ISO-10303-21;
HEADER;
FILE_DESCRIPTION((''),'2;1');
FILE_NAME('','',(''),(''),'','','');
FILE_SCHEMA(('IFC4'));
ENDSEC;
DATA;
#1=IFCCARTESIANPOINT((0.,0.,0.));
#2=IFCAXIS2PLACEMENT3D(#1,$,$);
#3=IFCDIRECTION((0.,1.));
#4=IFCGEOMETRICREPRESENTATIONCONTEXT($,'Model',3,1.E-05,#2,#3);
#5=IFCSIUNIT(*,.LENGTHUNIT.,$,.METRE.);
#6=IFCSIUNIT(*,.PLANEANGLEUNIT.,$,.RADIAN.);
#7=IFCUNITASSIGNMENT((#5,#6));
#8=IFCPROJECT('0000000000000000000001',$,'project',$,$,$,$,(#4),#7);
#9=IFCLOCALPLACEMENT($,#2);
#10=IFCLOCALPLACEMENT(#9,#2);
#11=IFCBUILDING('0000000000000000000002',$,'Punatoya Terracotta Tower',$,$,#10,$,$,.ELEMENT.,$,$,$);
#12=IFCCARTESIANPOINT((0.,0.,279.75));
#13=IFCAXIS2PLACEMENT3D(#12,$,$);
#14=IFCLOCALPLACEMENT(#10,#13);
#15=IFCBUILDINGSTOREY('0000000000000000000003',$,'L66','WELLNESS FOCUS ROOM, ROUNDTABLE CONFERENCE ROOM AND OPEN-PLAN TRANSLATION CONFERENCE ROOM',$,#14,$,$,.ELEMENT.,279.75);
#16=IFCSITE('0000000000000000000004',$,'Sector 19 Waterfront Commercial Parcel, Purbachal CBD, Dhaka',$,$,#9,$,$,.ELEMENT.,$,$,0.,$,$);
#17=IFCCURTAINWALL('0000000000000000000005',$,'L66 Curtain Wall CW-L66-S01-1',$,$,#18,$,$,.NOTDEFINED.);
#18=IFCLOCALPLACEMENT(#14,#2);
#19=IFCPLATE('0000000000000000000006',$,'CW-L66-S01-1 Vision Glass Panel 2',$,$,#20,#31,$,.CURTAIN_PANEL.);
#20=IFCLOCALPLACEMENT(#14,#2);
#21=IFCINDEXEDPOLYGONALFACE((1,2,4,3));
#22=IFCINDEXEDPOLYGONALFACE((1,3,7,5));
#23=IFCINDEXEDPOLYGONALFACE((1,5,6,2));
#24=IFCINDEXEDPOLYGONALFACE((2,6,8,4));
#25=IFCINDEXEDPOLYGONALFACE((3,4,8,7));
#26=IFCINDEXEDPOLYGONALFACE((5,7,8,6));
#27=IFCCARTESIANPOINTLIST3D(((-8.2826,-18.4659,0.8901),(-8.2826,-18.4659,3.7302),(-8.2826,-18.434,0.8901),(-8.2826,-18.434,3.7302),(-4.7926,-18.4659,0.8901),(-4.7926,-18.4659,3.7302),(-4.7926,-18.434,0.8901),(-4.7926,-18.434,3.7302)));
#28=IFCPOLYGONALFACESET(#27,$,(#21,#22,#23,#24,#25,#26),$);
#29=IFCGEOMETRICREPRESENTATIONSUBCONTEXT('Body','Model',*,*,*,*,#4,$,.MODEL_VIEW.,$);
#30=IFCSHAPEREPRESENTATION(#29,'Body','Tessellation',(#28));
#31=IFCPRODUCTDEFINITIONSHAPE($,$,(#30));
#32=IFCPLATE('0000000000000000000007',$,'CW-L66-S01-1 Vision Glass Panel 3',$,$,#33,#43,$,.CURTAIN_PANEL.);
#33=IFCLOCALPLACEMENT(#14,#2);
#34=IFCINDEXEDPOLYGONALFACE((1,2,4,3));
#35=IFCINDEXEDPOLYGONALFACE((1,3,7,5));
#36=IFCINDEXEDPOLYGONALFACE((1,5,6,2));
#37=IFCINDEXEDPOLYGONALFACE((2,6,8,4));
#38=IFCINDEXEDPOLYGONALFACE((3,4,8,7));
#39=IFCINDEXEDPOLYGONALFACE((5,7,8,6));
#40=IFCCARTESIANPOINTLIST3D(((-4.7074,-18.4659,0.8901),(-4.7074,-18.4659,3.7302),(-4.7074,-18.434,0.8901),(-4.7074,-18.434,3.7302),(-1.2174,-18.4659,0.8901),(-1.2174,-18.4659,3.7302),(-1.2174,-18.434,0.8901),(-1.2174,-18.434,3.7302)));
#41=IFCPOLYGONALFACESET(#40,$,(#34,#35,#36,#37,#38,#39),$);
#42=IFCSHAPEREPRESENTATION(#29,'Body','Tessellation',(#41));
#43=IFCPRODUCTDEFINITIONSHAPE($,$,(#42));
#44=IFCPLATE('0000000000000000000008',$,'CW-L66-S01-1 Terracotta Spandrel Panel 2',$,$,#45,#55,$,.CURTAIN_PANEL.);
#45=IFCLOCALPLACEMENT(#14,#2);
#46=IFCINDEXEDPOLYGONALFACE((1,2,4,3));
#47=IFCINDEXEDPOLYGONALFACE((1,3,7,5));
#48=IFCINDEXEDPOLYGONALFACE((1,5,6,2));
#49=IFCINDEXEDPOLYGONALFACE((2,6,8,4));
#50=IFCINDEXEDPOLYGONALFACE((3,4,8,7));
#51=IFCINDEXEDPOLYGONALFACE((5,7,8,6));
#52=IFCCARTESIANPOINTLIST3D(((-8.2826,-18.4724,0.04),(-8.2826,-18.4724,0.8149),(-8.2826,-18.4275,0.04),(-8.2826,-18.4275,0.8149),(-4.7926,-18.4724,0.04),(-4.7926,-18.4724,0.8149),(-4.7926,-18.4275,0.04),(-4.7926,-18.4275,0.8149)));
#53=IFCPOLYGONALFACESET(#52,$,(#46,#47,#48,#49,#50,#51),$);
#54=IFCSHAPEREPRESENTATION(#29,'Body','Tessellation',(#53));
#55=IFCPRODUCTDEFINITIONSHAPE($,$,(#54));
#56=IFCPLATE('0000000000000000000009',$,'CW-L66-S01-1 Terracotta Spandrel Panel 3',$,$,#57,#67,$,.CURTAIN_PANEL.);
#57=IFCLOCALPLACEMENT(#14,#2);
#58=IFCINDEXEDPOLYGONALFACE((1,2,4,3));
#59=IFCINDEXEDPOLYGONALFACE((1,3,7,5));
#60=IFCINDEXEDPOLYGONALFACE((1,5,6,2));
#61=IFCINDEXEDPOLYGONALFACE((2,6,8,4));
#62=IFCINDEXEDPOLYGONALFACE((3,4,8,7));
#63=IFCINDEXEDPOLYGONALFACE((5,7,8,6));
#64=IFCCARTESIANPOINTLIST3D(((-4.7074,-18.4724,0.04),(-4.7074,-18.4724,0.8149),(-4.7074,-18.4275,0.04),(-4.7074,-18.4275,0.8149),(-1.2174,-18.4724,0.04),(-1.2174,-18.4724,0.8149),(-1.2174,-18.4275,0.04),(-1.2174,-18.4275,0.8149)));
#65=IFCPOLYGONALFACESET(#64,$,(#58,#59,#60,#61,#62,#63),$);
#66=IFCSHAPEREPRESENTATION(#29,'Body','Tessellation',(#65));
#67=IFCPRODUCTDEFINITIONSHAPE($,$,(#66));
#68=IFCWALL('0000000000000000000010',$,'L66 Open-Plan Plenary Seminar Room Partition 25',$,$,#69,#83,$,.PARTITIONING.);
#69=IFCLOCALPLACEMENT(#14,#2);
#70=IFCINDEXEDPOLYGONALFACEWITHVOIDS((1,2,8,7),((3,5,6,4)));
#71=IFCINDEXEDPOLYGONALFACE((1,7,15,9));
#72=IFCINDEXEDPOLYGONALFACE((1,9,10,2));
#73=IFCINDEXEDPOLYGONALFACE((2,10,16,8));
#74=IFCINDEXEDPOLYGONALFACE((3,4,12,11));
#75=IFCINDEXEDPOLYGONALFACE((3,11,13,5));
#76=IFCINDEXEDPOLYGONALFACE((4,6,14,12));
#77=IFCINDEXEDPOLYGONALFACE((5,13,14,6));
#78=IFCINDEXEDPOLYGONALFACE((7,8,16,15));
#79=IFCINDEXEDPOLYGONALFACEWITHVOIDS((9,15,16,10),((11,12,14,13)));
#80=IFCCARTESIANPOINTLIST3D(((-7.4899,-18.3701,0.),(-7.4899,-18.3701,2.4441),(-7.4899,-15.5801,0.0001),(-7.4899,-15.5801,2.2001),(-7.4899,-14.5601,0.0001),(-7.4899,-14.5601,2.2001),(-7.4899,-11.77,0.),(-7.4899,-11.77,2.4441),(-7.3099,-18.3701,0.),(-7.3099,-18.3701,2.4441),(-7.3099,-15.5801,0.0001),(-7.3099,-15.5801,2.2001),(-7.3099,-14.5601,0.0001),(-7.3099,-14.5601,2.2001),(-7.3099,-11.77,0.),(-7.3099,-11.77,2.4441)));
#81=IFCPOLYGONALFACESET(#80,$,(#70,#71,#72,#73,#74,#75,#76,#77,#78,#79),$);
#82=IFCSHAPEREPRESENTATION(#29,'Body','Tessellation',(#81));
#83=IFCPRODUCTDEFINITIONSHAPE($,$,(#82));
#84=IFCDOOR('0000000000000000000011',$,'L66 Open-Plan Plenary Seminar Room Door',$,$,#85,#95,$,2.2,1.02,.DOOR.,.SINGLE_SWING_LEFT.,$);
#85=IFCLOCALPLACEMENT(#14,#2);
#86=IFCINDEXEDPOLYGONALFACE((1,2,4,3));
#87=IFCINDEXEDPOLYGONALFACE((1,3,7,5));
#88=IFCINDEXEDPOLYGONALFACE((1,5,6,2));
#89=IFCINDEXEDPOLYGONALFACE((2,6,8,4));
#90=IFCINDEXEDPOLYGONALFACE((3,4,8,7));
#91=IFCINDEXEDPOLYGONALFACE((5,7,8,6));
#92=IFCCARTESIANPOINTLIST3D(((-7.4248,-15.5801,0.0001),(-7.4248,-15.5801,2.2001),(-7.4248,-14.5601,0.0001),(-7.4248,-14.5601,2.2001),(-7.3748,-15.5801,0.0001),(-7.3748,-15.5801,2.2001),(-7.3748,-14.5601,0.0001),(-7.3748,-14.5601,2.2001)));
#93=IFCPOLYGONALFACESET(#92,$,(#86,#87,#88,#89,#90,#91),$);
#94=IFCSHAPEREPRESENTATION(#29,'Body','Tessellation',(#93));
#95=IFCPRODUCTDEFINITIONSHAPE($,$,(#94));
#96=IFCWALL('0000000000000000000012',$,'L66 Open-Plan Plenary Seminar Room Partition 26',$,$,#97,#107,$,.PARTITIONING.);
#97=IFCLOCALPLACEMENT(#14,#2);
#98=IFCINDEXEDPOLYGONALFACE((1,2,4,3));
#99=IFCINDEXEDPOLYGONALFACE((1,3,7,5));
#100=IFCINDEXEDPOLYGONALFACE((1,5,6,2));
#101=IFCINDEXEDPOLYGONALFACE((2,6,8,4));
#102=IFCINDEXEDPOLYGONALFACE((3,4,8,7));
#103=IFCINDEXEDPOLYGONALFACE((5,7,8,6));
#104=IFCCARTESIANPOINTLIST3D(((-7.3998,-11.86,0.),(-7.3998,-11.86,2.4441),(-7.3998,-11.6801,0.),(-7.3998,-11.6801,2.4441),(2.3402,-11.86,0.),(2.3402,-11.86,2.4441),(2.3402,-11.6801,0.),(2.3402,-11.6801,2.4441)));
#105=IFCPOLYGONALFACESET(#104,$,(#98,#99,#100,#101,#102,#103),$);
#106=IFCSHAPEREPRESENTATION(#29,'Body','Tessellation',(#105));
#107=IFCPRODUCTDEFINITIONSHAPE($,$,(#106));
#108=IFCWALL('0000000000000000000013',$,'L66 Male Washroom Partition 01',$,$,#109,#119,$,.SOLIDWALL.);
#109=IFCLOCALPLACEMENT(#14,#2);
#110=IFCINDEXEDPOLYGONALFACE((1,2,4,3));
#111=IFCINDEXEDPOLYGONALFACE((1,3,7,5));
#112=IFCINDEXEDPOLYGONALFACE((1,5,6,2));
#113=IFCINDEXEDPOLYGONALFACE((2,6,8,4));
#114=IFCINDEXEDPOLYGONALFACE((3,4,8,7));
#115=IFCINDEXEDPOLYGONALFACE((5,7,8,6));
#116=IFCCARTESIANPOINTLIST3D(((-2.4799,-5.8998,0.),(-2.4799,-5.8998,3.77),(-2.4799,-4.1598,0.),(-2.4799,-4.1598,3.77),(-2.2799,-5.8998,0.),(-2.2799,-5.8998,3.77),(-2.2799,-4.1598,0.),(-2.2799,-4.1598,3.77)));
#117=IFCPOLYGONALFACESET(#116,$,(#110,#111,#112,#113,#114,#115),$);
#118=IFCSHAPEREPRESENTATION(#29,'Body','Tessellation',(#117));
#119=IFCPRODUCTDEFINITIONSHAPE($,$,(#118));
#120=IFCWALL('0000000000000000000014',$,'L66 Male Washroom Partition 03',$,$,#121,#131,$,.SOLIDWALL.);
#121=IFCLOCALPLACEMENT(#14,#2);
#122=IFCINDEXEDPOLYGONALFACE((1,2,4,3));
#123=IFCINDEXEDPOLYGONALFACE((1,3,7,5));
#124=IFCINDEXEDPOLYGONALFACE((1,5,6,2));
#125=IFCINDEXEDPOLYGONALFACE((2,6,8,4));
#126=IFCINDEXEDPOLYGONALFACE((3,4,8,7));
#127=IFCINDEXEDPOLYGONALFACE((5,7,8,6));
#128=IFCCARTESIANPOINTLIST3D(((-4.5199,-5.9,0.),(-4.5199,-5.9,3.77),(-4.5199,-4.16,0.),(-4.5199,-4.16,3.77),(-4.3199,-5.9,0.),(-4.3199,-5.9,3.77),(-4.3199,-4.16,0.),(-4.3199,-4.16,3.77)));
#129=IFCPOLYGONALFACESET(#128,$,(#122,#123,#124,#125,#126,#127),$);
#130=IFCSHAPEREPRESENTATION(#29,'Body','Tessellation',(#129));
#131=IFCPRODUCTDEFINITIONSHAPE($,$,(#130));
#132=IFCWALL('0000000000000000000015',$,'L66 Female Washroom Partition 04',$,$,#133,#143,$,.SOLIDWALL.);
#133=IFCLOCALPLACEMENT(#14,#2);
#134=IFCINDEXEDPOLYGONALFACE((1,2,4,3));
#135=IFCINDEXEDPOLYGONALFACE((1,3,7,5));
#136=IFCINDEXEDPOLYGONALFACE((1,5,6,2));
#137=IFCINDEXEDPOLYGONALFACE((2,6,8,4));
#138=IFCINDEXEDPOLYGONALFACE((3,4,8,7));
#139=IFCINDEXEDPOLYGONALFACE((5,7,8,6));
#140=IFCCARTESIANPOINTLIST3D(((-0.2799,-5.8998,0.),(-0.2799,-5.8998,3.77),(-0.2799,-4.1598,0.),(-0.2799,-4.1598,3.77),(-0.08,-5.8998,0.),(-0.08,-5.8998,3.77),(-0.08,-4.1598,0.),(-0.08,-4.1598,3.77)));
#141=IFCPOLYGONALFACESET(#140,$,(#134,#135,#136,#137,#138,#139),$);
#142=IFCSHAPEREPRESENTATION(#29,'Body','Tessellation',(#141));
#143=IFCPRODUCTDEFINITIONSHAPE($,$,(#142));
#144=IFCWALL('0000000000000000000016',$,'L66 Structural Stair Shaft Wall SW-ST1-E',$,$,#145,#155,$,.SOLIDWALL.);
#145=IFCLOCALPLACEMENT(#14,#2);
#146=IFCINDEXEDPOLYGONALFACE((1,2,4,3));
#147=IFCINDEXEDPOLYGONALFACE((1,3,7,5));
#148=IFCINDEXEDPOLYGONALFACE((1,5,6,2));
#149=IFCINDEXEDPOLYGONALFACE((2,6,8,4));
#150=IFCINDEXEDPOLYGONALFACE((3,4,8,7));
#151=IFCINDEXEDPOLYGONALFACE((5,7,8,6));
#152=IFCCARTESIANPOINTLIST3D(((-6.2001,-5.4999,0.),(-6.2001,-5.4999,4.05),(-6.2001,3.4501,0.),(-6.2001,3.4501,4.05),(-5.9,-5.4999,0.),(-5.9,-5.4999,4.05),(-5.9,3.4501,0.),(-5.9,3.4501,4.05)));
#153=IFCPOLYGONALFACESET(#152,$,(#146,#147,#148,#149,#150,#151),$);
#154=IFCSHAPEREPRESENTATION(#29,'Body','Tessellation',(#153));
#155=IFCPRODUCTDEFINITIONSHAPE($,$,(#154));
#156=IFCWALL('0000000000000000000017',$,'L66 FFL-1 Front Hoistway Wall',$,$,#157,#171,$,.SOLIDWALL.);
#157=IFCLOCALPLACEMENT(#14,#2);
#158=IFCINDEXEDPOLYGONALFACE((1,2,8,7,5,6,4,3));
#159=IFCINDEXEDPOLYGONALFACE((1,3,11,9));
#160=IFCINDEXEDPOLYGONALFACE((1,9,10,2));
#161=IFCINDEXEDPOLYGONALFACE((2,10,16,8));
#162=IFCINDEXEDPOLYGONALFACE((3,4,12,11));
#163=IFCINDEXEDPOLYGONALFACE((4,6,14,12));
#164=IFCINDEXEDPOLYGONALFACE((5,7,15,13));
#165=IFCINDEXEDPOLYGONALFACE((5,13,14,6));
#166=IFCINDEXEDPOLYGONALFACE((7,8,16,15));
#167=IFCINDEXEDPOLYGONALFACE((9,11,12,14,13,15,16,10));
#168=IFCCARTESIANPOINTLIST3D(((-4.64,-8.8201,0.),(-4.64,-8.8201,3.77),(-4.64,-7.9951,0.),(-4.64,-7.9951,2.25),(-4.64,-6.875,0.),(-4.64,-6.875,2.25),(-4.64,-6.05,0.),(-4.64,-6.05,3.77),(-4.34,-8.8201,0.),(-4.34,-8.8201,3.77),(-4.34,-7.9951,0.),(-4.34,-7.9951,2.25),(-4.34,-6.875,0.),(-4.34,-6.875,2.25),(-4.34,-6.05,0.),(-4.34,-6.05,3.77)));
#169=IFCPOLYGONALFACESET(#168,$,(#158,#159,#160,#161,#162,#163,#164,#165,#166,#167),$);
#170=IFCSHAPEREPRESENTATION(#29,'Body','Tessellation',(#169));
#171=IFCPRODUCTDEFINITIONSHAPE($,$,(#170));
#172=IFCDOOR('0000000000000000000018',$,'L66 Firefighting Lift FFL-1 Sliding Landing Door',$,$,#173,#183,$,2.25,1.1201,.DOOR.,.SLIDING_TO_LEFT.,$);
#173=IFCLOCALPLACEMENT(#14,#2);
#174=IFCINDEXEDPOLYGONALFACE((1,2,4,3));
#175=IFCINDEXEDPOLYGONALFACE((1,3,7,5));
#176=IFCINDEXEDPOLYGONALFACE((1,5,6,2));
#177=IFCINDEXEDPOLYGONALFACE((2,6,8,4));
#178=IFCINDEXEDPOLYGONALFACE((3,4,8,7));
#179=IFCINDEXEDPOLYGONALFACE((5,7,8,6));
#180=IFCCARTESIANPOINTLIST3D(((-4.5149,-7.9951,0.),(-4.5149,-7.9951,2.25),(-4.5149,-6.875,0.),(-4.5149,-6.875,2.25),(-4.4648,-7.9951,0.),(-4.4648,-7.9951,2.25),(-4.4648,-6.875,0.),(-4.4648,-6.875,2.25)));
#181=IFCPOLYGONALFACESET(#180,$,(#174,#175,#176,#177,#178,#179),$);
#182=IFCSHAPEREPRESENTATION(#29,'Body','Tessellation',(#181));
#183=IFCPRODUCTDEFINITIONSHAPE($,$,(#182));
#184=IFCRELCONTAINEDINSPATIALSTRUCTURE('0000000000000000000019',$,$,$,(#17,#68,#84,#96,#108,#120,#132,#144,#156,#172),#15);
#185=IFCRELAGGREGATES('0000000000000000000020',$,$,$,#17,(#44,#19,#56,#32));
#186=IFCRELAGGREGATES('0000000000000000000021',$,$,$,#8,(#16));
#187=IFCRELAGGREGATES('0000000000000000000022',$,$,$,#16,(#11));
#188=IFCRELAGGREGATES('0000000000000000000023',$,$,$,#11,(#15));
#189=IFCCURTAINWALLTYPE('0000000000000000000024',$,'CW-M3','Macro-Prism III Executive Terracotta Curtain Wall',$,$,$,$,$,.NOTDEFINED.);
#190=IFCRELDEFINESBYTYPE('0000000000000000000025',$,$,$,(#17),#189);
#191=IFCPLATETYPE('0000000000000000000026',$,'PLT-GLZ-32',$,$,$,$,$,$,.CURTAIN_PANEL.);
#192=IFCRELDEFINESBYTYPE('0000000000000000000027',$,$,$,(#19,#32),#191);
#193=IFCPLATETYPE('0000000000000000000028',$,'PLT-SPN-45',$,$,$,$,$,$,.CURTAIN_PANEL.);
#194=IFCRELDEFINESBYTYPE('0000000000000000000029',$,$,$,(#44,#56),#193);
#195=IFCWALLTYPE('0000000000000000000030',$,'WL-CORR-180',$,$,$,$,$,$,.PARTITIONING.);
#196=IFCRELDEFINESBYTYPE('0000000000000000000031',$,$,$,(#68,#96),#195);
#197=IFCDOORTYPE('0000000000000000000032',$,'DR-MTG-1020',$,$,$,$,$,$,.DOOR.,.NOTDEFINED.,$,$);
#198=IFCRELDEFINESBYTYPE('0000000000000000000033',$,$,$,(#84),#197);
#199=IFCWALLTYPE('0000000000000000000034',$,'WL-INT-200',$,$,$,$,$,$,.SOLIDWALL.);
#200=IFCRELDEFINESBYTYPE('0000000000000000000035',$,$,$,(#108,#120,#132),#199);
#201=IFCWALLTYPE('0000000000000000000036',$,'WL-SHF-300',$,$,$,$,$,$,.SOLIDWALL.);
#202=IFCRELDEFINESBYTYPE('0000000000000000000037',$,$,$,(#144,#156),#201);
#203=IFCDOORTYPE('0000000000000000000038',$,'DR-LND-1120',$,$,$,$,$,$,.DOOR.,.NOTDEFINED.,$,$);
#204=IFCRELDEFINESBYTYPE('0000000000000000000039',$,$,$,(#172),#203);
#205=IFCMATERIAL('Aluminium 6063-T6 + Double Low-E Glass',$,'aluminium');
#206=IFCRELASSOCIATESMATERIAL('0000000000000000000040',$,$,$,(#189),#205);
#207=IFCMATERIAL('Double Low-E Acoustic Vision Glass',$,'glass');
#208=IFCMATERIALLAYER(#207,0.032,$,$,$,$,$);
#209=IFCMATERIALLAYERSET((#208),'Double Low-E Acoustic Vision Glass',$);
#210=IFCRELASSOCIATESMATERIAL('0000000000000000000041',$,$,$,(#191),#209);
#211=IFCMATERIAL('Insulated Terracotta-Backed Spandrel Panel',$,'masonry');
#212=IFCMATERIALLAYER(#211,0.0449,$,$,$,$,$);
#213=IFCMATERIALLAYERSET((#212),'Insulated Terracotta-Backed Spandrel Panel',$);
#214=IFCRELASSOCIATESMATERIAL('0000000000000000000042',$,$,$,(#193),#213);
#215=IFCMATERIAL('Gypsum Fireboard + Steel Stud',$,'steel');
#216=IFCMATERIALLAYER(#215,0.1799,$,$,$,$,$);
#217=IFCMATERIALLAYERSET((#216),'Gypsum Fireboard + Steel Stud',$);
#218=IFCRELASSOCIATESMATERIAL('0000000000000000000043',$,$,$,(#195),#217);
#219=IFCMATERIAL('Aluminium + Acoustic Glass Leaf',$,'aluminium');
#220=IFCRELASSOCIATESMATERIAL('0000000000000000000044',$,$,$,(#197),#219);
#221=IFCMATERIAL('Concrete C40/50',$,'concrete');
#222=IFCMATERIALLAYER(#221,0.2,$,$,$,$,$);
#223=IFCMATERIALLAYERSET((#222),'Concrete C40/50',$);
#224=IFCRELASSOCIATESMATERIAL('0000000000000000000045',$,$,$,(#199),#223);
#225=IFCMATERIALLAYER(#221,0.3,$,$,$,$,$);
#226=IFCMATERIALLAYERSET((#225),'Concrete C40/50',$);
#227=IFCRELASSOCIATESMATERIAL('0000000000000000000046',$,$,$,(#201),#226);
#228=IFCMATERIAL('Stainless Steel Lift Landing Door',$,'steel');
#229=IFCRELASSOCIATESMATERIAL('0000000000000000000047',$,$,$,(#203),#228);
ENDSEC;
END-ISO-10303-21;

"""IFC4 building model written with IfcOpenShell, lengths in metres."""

from ifc_helpers import new_model, si_unit, direction, frame, frame_2d, origin, origin_2d, place, context, subcontext, project, spatial, rectangle, extrude, material, layer, layer_set, type_object, element, fill, aggregate, save


model = new_model("IFC4")

# Units and contexts
model_context = context("Model", 3, precision=1e-05, world=origin(), true_north=direction((0.0, 1.0)))
body_context = subcontext(model_context, "Body", "Model", "MODEL_VIEW")
ifc_project = project(units=[si_unit("LENGTHUNIT", "METRE"), si_unit("PLANEANGLEUNIT", "RADIAN")], contexts=[model_context])

# Site, building, storey
site_placement = place(None, origin())
site = spatial("IfcSite", under=ifc_project, at=site_placement, Name="Sector 19 Waterfront Commercial Parcel, Purbachal CBD, Dhaka", CompositionType="ELEMENT", RefElevation=0.0)
building_placement = place(site_placement, origin())
building = spatial("IfcBuilding", under=site, at=building_placement, Name="Punatoya Terracotta Tower", CompositionType="ELEMENT")
storey_placement = place(building_placement, frame((0.0, 0.0, 279.75)))
storey = spatial("IfcBuildingStorey", under=building, at=storey_placement, Name="L66", Description="WELLNESS FOCUS ROOM, ROUNDTABLE CONFERENCE ROOM AND OPEN-PLAN TRANSLATION CONFERENCE ROOM", CompositionType="ELEMENT", Elevation=279.75)

# Curtain wall, plates
ifc_material_1 = material(Name="Aluminium 6063-T6 + Double Low-E Glass", Category="aluminium")
curtain_wall_type = type_object("IfcCurtainWallType", Name="CW-M3", Description="Macro-Prism III Executive Terracotta Curtain Wall", PredefinedType="NOTDEFINED", material=ifc_material_1)
curtain_wall_placement = place(storey_placement, origin())
curtain_wall = element("IfcCurtainWall", 1, at=curtain_wall_placement, inside=storey, type_object=curtain_wall_type, Name="L66 Curtain Wall CW-L66-S01-1", PredefinedType="NOTDEFINED")
ifc_material_2 = material(Name="Double Low-E Acoustic Vision Glass", Category="glass")
ifc_layer_1 = layer(ifc_material_2, 0.032)
ifc_layer_set_1 = layer_set([ifc_layer_1], Name="Double Low-E Acoustic Vision Glass")
plate_type_1 = type_object("IfcPlateType", Name="PLT-GLZ-32", PredefinedType="CURTAIN_PANEL", material=ifc_layer_set_1)
plate_1_placement = place(storey_placement, frame((-6.5376, -18.45, 0.8901), z_axis=(0.0, 0.0, 1.0), x_axis=(1.0, 0.0, 0.0)))
plate_1 = element("IfcPlate", 2, at=plate_1_placement, type_object=plate_type_1, Name="CW-L66-S01-1 Vision Glass Panel 2", PredefinedType="CURTAIN_PANEL", context=body_context, shape_type="SweptSolid", body=[
    extrude(rectangle(XDim=3.49, YDim=0.032, at=origin_2d()), origin(), (0.0, 0.0, 1.0), 2.8401),
])
plate_2_placement = place(storey_placement, frame((-2.9624, -18.45, 0.8901), z_axis=(0.0, 0.0, 1.0), x_axis=(1.0, 0.0, 0.0)))
plate_2 = element("IfcPlate", 3, at=plate_2_placement, type_object=plate_type_1, Name="CW-L66-S01-1 Vision Glass Panel 3", PredefinedType="CURTAIN_PANEL", context=body_context, shape_type="SweptSolid", body=[
    extrude(rectangle(XDim=3.49, YDim=0.032, at=origin_2d()), origin(), (0.0, 0.0, 1.0), 2.8401),
])
ifc_material_3 = material(Name="Insulated Terracotta-Backed Spandrel Panel", Category="masonry")
ifc_layer_2 = layer(ifc_material_3, 0.0449)
ifc_layer_set_2 = layer_set([ifc_layer_2], Name="Insulated Terracotta-Backed Spandrel Panel")
plate_type_2 = type_object("IfcPlateType", Name="PLT-SPN-45", PredefinedType="CURTAIN_PANEL", material=ifc_layer_set_2)
plate_3_placement = place(storey_placement, frame((-6.5376, -18.45, 0.04), z_axis=(0.0, 0.0, 1.0), x_axis=(1.0, 0.0, 0.0)))
plate_3 = element("IfcPlate", 4, at=plate_3_placement, type_object=plate_type_2, Name="CW-L66-S01-1 Terracotta Spandrel Panel 2", PredefinedType="CURTAIN_PANEL", context=body_context, shape_type="SweptSolid", body=[
    extrude(rectangle(XDim=3.49, YDim=0.0449, at=origin_2d()), origin(), (0.0, 0.0, 1.0), 0.7749),
])
plate_4_placement = place(storey_placement, frame((-2.9624, -18.45, 0.04), z_axis=(0.0, 0.0, 1.0), x_axis=(1.0, 0.0, 0.0)))
plate_4 = element("IfcPlate", 5, at=plate_4_placement, type_object=plate_type_2, Name="CW-L66-S01-1 Terracotta Spandrel Panel 3", PredefinedType="CURTAIN_PANEL", context=body_context, shape_type="SweptSolid", body=[
    extrude(rectangle(XDim=3.49, YDim=0.0449, at=origin_2d()), origin(), (0.0, 0.0, 1.0), 0.7749),
])
aggregate(curtain_wall, [plate_3, plate_1, plate_4, plate_2])

# Wall, opening, door
ifc_material_4 = material(Name="Gypsum Fireboard + Steel Stud", Category="steel")
ifc_layer_3 = layer(ifc_material_4, 0.1799)
ifc_layer_set_3 = layer_set([ifc_layer_3], Name="Gypsum Fireboard + Steel Stud")
wall_type_1 = type_object("IfcWallType", Name="WL-CORR-180", PredefinedType="PARTITIONING", material=ifc_layer_set_3)
wall_1_placement = place(storey_placement, frame((-7.3999, -18.3701, 0.0), z_axis=(0.0, 0.0, 1.0), x_axis=(0.0, 1.0, 0.0)))
wall_1 = element("IfcWall", 6, at=wall_1_placement, inside=storey, type_object=wall_type_1, Name="L66 Open-Plan Plenary Seminar Room Partition 25", PredefinedType="PARTITIONING", context=body_context, shape_type="SweptSolid", body=[
    extrude(rectangle(XDim=6.6001, YDim=0.1799, at=frame_2d((3.3, 0.0))), origin(), (0.0, 0.0, 1.0), 2.4441),
])
opening_1_placement = place(wall_1_placement, frame((2.79, 0.0, 0.0)))
opening_1 = element("IfcOpeningElement", 7, at=opening_1_placement, cuts=wall_1, PredefinedType="OPENING", context=body_context, shape_type="SweptSolid", body=[
    extrude(rectangle(XDim=1.02, YDim=2.2, at=frame_2d((0.51, 1.1001))), frame((0.0, 0.0999, 0.0), z_axis=(0.0, -1.0, 0.0), x_axis=(1.0, 0.0, 0.0)), (0.0, 0.0, 1.0), 0.2),
])
ifc_material_5 = material(Name="Aluminium + Acoustic Glass Leaf", Category="aluminium")
door_type_1 = type_object("IfcDoorType", Name="DR-MTG-1020", OperationType="NOTDEFINED", PredefinedType="DOOR", material=ifc_material_5)
door_1_placement = place(opening_1_placement, origin())
door_1 = element("IfcDoor", 8, at=door_1_placement, inside=storey, type_object=door_type_1, Name="L66 Open-Plan Plenary Seminar Room Door", OperationType="SINGLE_SWING_LEFT", OverallHeight=2.2, OverallWidth=1.02, PredefinedType="DOOR", context=body_context, shape_type="SweptSolid", body=[
    extrude(rectangle(XDim=1.02, YDim=2.2, at=frame_2d((0.51, 1.1001))), frame((0.0, 0.0249, 0.0), z_axis=(0.0, -1.0, 0.0), x_axis=(1.0, 0.0, 0.0)), (0.0, 0.0, 1.0), 0.05),
])
fill(opening_1, door_1)

# Walls
wall_2_placement = place(storey_placement, frame((-7.3999, -11.77, 0.0), z_axis=(0.0, 0.0, 1.0), x_axis=(1.0, 0.0, 0.0)))
element("IfcWall", 9, at=wall_2_placement, inside=storey, type_object=wall_type_1, Name="L66 Open-Plan Plenary Seminar Room Partition 26", PredefinedType="PARTITIONING", context=body_context, shape_type="SweptSolid", body=[
    extrude(rectangle(XDim=9.74, YDim=0.1799, at=frame_2d((4.8701, 0.0))), origin(), (0.0, 0.0, 1.0), 2.4441),
])
ifc_material_6 = material(Name="Concrete C40/50", Category="concrete")
ifc_layer_4 = layer(ifc_material_6, 0.2)
ifc_layer_set_4 = layer_set([ifc_layer_4], Name="Concrete C40/50")
wall_type_2 = type_object("IfcWallType", Name="WL-INT-200", PredefinedType="SOLIDWALL", material=ifc_layer_set_4)
wall_3_placement = place(storey_placement, frame((-2.3799, -5.8999, 0.0), z_axis=(0.0, 0.0, 1.0), x_axis=(0.0, 1.0, 0.0)))
element("IfcWall", 10, at=wall_3_placement, inside=storey, type_object=wall_type_2, Name="L66 Male Washroom Partition 01", PredefinedType="SOLIDWALL", context=body_context, shape_type="SweptSolid", body=[
    extrude(rectangle(XDim=1.74, YDim=0.2, at=frame_2d((0.8701, 0.0))), origin(), (0.0, 0.0, 1.0), 3.77),
])

# Walls
for number, where, z_axis, x_axis, name in (
    (11, (-4.4199, -4.1599, 0.0), (0.0, 0.0, 1.0), (0.0, -1.0, 0.0), "L66 Male Washroom Partition 03"),
    (12, (-0.1799, -5.8999, 0.0), (0.0, 0.0, 1.0), (0.0, 1.0, 0.0), "L66 Female Washroom Partition 04"),
):
    element("IfcWall", number, at=place(storey_placement, frame(where, z_axis=z_axis, x_axis=x_axis)), inside=storey, type_object=wall_type_2, Name=name, PredefinedType="SOLIDWALL", context=body_context, shape_type="SweptSolid", body=[
        extrude(rectangle(XDim=1.74, YDim=0.2, at=frame_2d((0.8701, 0.0))), origin(), (0.0, 0.0, 1.0), 3.77),
    ])
ifc_layer_5 = layer(ifc_material_6, 0.3)
ifc_layer_set_5 = layer_set([ifc_layer_5], Name="Concrete C40/50")
wall_type_3 = type_object("IfcWallType", Name="WL-SHF-300", PredefinedType="SOLIDWALL", material=ifc_layer_set_5)
wall_4_placement = place(storey_placement, frame((-6.05, -5.5, 0.0), z_axis=(0.0, 0.0, 1.0), x_axis=(0.0, 1.0, 0.0)))
element("IfcWall", 13, at=wall_4_placement, inside=storey, type_object=wall_type_3, Name="L66 Structural Stair Shaft Wall SW-ST1-E", PredefinedType="SOLIDWALL", context=body_context, shape_type="SweptSolid", body=[
    extrude(rectangle(XDim=8.95, YDim=0.3, at=frame_2d((4.4751, 0.0))), origin(), (0.0, 0.0, 1.0), 4.05),
])

# Wall, opening, door
wall_5_placement = place(storey_placement, frame((-4.49, -8.8201, 0.0), z_axis=(0.0, 0.0, 1.0), x_axis=(0.0, 1.0, 0.0)))
wall_5 = element("IfcWall", 14, at=wall_5_placement, inside=storey, type_object=wall_type_3, Name="L66 FFL-1 Front Hoistway Wall", PredefinedType="SOLIDWALL", context=body_context, shape_type="SweptSolid", body=[
    extrude(rectangle(XDim=2.77, YDim=0.3, at=frame_2d((1.385, 0.0))), origin(), (0.0, 0.0, 1.0), 3.77),
])
opening_2_placement = place(wall_5_placement, frame((0.825, 0.0, 0.0)))
opening_2 = element("IfcOpeningElement", 15, at=opening_2_placement, cuts=wall_5, PredefinedType="OPENING", context=body_context, shape_type="SweptSolid", body=[
    extrude(rectangle(XDim=1.1201, YDim=2.25, at=frame_2d((0.5601, 1.125))), frame((0.0, 0.1599, 0.0), z_axis=(0.0, -1.0, 0.0), x_axis=(1.0, 0.0, 0.0)), (0.0, 0.0, 1.0), 0.3201),
])
ifc_material_7 = material(Name="Stainless Steel Lift Landing Door", Category="steel")
door_type_2 = type_object("IfcDoorType", Name="DR-LND-1120", OperationType="NOTDEFINED", PredefinedType="DOOR", material=ifc_material_7)
door_2_placement = place(opening_2_placement, origin())
door_2 = element("IfcDoor", 16, at=door_2_placement, inside=storey, type_object=door_type_2, Name="L66 Firefighting Lift FFL-1 Sliding Landing Door", OperationType="SLIDING_TO_LEFT", OverallHeight=2.25, OverallWidth=1.1201, PredefinedType="DOOR", context=body_context, shape_type="SweptSolid", body=[
    extrude(rectangle(XDim=1.1201, YDim=2.25, at=frame_2d((0.5601, 1.125))), frame((0.0, 0.0249, 0.0), z_axis=(0.0, -1.0, 0.0), x_axis=(1.0, 0.0, 0.0)), (0.0, 0.0, 1.0), 0.05),
])
fill(opening_2, door_2)

save(model, "model.ifc")
